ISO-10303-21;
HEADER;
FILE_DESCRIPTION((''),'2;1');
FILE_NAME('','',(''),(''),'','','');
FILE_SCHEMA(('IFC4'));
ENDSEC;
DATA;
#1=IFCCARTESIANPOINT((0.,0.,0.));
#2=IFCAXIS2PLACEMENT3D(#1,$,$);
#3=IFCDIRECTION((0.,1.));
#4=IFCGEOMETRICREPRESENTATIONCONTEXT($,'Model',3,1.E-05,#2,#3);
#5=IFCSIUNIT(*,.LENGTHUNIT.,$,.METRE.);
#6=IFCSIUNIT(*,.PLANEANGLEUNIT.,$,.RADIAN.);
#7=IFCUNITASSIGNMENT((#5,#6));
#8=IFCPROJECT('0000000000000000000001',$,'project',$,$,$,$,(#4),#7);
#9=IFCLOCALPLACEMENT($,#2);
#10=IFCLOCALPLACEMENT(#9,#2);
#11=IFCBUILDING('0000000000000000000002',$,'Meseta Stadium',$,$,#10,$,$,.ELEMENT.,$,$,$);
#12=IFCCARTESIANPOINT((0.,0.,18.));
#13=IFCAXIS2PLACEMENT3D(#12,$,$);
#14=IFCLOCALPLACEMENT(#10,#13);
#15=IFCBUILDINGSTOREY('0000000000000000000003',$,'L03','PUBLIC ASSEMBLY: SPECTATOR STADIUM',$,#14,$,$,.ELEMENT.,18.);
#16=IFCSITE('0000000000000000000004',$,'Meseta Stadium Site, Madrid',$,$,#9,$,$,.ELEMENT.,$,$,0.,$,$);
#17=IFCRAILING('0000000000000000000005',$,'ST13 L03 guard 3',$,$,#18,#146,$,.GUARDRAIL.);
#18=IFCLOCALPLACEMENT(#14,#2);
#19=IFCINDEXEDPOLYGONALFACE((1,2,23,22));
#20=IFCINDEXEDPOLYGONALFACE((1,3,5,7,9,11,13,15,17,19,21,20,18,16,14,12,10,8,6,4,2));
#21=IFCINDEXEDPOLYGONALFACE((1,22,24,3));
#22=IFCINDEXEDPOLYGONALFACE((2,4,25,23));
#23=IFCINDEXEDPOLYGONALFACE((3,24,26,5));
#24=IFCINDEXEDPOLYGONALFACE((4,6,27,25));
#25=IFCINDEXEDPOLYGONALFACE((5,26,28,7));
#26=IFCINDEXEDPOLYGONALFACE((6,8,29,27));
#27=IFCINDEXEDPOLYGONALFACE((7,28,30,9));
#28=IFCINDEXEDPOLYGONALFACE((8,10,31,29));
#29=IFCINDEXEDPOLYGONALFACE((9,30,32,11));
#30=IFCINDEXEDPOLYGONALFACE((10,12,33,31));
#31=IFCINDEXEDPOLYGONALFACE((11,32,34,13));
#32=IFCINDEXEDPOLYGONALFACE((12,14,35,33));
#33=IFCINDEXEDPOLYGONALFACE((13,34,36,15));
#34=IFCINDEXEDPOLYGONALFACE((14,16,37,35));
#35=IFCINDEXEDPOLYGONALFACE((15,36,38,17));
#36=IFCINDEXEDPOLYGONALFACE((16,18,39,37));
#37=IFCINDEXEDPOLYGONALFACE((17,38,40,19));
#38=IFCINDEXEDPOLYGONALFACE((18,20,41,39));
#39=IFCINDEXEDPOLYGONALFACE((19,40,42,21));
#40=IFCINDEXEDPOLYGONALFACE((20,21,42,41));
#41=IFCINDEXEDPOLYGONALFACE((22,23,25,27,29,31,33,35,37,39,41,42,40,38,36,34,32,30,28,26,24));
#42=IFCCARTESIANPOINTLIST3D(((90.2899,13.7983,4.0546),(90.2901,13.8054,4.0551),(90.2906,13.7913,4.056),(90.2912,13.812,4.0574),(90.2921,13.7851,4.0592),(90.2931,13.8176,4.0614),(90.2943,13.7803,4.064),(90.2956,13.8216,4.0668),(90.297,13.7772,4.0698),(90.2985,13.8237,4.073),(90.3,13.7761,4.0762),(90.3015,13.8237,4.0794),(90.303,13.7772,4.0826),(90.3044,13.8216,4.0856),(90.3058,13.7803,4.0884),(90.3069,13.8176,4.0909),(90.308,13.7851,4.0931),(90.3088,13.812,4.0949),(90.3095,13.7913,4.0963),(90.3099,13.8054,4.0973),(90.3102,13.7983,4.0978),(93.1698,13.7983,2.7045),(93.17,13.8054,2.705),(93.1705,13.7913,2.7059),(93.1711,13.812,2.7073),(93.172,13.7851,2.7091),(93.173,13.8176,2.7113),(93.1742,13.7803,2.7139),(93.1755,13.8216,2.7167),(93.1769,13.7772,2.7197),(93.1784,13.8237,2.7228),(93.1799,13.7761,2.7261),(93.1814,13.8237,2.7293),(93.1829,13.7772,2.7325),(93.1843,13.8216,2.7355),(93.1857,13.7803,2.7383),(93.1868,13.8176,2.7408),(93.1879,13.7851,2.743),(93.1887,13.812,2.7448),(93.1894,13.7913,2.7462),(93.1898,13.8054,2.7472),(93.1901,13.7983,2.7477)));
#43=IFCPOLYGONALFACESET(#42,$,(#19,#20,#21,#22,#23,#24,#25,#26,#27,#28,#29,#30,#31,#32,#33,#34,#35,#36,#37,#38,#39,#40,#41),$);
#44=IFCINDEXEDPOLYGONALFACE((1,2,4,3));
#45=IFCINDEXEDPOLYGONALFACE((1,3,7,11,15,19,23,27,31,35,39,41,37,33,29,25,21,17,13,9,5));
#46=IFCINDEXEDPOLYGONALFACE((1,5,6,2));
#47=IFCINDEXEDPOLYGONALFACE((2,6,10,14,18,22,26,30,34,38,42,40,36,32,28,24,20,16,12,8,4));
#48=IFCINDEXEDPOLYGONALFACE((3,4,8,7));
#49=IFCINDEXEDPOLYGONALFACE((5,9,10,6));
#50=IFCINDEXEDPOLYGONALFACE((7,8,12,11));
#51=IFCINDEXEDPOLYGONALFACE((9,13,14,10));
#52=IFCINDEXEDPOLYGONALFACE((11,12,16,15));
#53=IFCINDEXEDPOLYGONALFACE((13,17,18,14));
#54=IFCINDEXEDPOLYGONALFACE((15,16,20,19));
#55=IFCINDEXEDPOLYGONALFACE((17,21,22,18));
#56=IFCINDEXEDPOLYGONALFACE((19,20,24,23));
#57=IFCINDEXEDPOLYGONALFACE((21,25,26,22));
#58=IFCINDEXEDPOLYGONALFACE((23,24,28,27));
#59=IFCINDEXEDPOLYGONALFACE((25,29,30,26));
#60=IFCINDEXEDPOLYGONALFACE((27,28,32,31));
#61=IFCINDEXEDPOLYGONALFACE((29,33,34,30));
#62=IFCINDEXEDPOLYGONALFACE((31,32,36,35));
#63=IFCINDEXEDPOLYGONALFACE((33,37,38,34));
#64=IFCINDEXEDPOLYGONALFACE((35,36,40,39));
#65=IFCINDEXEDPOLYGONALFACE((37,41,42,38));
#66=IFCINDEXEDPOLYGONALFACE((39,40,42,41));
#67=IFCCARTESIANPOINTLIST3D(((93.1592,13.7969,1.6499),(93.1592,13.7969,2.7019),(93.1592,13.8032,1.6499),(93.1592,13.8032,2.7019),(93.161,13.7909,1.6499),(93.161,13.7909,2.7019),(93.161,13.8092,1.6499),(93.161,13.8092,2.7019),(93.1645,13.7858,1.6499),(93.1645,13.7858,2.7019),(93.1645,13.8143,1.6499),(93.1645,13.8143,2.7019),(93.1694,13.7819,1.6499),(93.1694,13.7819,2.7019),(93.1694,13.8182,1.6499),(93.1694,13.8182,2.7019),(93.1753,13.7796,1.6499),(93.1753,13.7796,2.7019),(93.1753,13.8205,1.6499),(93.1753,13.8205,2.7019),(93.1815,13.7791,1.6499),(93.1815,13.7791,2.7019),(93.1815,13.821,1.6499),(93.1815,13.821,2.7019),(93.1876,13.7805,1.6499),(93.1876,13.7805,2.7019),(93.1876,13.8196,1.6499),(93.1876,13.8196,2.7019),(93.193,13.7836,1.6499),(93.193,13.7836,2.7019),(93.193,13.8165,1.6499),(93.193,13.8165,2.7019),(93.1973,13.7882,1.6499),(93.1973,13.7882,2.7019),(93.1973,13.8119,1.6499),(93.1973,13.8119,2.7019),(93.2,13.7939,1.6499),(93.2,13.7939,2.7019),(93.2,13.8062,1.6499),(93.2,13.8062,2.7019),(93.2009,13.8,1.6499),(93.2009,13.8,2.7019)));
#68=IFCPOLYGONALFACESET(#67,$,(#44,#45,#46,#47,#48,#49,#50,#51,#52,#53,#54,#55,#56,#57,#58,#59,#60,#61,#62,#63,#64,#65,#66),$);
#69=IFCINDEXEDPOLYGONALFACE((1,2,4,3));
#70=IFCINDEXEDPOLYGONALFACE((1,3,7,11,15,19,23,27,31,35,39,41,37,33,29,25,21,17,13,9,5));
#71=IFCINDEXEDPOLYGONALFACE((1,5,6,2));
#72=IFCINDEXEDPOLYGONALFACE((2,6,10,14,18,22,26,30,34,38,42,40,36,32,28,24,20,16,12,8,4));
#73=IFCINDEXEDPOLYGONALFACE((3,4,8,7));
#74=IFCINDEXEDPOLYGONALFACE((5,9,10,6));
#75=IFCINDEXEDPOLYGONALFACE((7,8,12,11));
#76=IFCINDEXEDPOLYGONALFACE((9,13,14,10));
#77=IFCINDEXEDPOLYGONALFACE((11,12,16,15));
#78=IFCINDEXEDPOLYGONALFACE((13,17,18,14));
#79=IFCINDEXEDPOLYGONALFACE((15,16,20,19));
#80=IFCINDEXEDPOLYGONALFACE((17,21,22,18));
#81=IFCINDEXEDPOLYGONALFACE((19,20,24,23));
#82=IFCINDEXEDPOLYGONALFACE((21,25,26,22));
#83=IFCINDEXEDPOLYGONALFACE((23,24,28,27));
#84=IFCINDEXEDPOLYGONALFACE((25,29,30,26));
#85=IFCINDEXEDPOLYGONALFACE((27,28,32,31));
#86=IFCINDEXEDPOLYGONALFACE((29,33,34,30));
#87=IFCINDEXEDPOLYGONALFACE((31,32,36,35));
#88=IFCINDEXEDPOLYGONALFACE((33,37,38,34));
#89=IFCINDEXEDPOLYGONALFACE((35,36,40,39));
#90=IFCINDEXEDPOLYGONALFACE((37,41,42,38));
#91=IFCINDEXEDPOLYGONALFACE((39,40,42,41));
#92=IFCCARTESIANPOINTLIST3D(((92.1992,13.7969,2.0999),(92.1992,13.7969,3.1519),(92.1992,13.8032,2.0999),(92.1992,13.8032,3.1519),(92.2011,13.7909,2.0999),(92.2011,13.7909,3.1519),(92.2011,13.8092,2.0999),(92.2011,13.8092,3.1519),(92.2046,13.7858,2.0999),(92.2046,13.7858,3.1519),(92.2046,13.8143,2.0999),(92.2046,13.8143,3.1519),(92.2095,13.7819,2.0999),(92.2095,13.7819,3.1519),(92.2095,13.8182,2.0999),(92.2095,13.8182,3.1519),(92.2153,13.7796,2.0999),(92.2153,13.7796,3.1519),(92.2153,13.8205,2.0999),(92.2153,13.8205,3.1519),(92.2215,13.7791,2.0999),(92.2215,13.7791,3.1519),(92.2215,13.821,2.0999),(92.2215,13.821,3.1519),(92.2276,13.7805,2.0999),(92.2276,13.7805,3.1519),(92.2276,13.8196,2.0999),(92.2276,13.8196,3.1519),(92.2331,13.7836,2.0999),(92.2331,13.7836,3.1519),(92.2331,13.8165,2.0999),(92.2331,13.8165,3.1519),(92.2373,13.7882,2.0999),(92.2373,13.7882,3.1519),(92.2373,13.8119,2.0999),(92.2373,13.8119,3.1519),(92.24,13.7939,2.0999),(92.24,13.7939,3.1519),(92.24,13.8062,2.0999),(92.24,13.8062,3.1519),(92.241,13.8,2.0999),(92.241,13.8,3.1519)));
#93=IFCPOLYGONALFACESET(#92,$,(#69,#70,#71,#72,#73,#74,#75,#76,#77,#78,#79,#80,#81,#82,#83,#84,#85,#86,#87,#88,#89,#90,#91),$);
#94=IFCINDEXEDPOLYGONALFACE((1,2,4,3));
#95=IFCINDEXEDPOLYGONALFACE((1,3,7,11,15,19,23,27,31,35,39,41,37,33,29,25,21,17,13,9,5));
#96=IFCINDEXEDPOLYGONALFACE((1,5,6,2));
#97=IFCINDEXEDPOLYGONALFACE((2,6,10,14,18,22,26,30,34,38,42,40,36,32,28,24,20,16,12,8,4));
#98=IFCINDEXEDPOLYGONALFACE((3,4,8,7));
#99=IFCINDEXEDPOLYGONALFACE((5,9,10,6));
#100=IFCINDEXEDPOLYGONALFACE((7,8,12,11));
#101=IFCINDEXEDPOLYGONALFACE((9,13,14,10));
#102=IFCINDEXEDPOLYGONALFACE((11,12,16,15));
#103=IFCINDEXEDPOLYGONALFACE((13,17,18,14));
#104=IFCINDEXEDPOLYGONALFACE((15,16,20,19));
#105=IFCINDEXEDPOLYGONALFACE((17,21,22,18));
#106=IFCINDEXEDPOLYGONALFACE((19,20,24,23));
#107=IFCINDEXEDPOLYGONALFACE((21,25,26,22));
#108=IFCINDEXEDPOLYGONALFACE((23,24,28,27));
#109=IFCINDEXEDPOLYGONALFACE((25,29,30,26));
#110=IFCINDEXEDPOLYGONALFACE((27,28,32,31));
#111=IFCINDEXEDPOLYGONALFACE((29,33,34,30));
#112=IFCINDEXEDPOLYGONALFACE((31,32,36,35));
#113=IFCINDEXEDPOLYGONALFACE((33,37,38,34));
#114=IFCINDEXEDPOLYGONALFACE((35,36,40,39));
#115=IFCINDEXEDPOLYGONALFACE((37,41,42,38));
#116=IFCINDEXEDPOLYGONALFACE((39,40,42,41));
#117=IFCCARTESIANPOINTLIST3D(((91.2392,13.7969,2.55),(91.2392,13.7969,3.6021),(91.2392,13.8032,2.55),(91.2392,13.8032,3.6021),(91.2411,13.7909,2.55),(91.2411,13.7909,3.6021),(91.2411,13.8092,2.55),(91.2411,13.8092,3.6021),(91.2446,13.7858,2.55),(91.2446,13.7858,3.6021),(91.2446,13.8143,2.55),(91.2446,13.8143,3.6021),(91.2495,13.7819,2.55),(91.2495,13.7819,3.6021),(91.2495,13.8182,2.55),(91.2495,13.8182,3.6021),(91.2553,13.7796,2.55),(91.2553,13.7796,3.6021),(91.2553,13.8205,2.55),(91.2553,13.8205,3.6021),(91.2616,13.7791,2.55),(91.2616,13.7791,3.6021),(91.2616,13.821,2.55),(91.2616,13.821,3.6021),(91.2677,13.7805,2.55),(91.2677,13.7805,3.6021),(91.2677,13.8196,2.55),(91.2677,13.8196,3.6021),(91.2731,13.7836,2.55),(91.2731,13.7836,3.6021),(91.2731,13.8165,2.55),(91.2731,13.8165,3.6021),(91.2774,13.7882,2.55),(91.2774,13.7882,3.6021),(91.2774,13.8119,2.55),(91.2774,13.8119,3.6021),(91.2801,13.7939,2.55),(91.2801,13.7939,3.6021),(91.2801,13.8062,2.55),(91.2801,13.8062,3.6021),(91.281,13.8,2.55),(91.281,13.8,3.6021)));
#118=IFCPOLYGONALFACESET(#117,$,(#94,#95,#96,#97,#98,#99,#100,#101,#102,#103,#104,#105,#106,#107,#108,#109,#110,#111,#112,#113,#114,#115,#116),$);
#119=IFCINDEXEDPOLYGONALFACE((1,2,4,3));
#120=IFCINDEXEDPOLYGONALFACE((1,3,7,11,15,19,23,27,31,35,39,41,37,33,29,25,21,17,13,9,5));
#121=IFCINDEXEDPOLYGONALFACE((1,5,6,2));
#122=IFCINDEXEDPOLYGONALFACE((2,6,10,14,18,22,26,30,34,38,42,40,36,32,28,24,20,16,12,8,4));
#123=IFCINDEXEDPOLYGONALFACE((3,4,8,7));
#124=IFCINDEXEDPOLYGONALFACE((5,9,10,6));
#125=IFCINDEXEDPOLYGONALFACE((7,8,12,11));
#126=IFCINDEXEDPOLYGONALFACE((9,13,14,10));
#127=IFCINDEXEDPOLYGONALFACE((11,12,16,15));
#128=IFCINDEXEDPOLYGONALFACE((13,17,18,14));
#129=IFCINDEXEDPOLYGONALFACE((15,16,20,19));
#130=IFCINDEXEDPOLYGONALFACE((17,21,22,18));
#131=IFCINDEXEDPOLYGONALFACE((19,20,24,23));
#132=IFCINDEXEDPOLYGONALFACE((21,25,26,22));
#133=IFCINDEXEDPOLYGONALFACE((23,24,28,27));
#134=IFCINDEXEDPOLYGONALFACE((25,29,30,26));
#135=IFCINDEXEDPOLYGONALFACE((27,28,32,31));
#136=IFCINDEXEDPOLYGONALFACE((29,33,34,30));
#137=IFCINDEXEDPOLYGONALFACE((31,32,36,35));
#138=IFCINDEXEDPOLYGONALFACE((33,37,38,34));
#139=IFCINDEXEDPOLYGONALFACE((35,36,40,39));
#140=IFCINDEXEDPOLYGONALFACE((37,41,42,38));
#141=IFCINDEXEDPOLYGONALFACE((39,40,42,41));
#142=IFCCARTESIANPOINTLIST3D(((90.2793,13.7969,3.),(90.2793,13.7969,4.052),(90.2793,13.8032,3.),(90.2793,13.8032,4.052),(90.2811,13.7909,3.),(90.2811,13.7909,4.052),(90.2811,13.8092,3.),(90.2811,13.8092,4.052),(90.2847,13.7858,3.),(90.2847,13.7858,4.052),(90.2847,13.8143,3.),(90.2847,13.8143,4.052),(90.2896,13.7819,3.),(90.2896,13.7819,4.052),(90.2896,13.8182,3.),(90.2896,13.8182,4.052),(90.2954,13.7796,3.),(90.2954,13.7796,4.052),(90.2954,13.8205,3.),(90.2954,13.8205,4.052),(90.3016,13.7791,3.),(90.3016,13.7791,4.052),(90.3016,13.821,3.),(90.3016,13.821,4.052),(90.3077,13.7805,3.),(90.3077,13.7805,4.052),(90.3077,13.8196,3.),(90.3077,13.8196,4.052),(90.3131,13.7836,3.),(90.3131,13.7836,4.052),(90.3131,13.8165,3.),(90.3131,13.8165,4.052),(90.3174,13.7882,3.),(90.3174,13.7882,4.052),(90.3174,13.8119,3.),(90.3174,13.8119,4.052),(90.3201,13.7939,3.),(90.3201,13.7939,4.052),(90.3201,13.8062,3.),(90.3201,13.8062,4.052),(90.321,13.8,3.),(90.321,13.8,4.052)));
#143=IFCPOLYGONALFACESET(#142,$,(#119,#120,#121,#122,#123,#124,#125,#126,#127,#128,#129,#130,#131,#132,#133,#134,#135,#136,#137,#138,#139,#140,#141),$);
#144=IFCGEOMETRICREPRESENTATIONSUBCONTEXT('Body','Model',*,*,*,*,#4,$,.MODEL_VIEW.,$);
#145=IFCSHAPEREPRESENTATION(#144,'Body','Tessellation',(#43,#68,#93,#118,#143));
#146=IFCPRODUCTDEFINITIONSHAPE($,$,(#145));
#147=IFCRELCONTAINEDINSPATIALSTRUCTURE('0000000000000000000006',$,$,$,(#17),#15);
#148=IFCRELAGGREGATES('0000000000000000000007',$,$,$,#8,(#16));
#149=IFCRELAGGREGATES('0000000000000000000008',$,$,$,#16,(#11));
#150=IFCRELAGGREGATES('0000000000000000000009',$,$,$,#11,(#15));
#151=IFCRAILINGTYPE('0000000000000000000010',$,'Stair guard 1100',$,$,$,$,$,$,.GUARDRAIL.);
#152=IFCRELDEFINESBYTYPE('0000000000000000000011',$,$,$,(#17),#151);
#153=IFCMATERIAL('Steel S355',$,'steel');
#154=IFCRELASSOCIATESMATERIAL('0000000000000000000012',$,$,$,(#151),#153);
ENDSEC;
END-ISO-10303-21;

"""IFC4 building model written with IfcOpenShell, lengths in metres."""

from ifc_helpers import new_model, si_unit, direction, frame, origin, origin_2d, place, context, subcontext, project, spatial, circle, extrude, material, type_object, element, save


model = new_model("IFC4")

# Units and contexts
model_context = context("Model", 3, precision=1e-05, world=origin(), true_north=direction((0.0, 1.0)))
body_context = subcontext(model_context, "Body", "Model", "MODEL_VIEW")
ifc_project = project(units=[si_unit("LENGTHUNIT", "METRE"), si_unit("PLANEANGLEUNIT", "RADIAN")], contexts=[model_context])

# Site, building, storey
site_placement = place(None, origin())
site = spatial("IfcSite", under=ifc_project, at=site_placement, Name="Meseta Stadium Site, Madrid", CompositionType="ELEMENT", RefElevation=0.0)
building_placement = place(site_placement, origin())
building = spatial("IfcBuilding", under=site, at=building_placement, Name="Meseta Stadium", CompositionType="ELEMENT")
storey_placement = place(building_placement, frame((0.0, 0.0, 18.0)))
storey = spatial("IfcBuildingStorey", under=building, at=storey_placement, Name="L03", Description="PUBLIC ASSEMBLY: SPECTATOR STADIUM", CompositionType="ELEMENT", Elevation=18.0)

# Railing
ifc_material_1 = material(Name="Steel S355", Category="steel")
railing_type_1 = type_object("IfcRailingType", Name="Stair guard 1100", PredefinedType="GUARDRAIL", material=ifc_material_1)
railing_1_placement = place(storey_placement, frame((93.1799, 13.8, 1.6499)))
element("IfcRailing", 1, at=railing_1_placement, inside=storey, type_object=railing_type_1, Name="ST13 L03 guard 3", PredefinedType="GUARDRAIL", context=body_context, shape_type="SweptSolid", body=[
    extrude(circle(Radius=0.0239, at=origin_2d()), frame((0.0, 0.0, 1.0762), z_axis=(-0.90544, 0.0, 0.424473), x_axis=(0.0, -1.0, 0.0)), (0.0, 0.0, 1.0), 3.1807),
    extrude(circle(Radius=0.021, at=origin_2d()), origin(), (0.0, 0.0, 1.0), 1.052),
    extrude(circle(Radius=0.021, at=origin_2d()), frame((-0.96, 0.0, 0.45)), (0.0, 0.0, 1.0), 1.052),
    extrude(circle(Radius=0.021, at=origin_2d()), frame((-1.9199, 0.0, 0.9001)), (0.0, 0.0, 1.0), 1.052),
    extrude(circle(Radius=0.021, at=origin_2d()), frame((-2.8799, 0.0, 1.3501)), (0.0, 0.0, 1.0), 1.052),
])

save(model, "model.ifc")
